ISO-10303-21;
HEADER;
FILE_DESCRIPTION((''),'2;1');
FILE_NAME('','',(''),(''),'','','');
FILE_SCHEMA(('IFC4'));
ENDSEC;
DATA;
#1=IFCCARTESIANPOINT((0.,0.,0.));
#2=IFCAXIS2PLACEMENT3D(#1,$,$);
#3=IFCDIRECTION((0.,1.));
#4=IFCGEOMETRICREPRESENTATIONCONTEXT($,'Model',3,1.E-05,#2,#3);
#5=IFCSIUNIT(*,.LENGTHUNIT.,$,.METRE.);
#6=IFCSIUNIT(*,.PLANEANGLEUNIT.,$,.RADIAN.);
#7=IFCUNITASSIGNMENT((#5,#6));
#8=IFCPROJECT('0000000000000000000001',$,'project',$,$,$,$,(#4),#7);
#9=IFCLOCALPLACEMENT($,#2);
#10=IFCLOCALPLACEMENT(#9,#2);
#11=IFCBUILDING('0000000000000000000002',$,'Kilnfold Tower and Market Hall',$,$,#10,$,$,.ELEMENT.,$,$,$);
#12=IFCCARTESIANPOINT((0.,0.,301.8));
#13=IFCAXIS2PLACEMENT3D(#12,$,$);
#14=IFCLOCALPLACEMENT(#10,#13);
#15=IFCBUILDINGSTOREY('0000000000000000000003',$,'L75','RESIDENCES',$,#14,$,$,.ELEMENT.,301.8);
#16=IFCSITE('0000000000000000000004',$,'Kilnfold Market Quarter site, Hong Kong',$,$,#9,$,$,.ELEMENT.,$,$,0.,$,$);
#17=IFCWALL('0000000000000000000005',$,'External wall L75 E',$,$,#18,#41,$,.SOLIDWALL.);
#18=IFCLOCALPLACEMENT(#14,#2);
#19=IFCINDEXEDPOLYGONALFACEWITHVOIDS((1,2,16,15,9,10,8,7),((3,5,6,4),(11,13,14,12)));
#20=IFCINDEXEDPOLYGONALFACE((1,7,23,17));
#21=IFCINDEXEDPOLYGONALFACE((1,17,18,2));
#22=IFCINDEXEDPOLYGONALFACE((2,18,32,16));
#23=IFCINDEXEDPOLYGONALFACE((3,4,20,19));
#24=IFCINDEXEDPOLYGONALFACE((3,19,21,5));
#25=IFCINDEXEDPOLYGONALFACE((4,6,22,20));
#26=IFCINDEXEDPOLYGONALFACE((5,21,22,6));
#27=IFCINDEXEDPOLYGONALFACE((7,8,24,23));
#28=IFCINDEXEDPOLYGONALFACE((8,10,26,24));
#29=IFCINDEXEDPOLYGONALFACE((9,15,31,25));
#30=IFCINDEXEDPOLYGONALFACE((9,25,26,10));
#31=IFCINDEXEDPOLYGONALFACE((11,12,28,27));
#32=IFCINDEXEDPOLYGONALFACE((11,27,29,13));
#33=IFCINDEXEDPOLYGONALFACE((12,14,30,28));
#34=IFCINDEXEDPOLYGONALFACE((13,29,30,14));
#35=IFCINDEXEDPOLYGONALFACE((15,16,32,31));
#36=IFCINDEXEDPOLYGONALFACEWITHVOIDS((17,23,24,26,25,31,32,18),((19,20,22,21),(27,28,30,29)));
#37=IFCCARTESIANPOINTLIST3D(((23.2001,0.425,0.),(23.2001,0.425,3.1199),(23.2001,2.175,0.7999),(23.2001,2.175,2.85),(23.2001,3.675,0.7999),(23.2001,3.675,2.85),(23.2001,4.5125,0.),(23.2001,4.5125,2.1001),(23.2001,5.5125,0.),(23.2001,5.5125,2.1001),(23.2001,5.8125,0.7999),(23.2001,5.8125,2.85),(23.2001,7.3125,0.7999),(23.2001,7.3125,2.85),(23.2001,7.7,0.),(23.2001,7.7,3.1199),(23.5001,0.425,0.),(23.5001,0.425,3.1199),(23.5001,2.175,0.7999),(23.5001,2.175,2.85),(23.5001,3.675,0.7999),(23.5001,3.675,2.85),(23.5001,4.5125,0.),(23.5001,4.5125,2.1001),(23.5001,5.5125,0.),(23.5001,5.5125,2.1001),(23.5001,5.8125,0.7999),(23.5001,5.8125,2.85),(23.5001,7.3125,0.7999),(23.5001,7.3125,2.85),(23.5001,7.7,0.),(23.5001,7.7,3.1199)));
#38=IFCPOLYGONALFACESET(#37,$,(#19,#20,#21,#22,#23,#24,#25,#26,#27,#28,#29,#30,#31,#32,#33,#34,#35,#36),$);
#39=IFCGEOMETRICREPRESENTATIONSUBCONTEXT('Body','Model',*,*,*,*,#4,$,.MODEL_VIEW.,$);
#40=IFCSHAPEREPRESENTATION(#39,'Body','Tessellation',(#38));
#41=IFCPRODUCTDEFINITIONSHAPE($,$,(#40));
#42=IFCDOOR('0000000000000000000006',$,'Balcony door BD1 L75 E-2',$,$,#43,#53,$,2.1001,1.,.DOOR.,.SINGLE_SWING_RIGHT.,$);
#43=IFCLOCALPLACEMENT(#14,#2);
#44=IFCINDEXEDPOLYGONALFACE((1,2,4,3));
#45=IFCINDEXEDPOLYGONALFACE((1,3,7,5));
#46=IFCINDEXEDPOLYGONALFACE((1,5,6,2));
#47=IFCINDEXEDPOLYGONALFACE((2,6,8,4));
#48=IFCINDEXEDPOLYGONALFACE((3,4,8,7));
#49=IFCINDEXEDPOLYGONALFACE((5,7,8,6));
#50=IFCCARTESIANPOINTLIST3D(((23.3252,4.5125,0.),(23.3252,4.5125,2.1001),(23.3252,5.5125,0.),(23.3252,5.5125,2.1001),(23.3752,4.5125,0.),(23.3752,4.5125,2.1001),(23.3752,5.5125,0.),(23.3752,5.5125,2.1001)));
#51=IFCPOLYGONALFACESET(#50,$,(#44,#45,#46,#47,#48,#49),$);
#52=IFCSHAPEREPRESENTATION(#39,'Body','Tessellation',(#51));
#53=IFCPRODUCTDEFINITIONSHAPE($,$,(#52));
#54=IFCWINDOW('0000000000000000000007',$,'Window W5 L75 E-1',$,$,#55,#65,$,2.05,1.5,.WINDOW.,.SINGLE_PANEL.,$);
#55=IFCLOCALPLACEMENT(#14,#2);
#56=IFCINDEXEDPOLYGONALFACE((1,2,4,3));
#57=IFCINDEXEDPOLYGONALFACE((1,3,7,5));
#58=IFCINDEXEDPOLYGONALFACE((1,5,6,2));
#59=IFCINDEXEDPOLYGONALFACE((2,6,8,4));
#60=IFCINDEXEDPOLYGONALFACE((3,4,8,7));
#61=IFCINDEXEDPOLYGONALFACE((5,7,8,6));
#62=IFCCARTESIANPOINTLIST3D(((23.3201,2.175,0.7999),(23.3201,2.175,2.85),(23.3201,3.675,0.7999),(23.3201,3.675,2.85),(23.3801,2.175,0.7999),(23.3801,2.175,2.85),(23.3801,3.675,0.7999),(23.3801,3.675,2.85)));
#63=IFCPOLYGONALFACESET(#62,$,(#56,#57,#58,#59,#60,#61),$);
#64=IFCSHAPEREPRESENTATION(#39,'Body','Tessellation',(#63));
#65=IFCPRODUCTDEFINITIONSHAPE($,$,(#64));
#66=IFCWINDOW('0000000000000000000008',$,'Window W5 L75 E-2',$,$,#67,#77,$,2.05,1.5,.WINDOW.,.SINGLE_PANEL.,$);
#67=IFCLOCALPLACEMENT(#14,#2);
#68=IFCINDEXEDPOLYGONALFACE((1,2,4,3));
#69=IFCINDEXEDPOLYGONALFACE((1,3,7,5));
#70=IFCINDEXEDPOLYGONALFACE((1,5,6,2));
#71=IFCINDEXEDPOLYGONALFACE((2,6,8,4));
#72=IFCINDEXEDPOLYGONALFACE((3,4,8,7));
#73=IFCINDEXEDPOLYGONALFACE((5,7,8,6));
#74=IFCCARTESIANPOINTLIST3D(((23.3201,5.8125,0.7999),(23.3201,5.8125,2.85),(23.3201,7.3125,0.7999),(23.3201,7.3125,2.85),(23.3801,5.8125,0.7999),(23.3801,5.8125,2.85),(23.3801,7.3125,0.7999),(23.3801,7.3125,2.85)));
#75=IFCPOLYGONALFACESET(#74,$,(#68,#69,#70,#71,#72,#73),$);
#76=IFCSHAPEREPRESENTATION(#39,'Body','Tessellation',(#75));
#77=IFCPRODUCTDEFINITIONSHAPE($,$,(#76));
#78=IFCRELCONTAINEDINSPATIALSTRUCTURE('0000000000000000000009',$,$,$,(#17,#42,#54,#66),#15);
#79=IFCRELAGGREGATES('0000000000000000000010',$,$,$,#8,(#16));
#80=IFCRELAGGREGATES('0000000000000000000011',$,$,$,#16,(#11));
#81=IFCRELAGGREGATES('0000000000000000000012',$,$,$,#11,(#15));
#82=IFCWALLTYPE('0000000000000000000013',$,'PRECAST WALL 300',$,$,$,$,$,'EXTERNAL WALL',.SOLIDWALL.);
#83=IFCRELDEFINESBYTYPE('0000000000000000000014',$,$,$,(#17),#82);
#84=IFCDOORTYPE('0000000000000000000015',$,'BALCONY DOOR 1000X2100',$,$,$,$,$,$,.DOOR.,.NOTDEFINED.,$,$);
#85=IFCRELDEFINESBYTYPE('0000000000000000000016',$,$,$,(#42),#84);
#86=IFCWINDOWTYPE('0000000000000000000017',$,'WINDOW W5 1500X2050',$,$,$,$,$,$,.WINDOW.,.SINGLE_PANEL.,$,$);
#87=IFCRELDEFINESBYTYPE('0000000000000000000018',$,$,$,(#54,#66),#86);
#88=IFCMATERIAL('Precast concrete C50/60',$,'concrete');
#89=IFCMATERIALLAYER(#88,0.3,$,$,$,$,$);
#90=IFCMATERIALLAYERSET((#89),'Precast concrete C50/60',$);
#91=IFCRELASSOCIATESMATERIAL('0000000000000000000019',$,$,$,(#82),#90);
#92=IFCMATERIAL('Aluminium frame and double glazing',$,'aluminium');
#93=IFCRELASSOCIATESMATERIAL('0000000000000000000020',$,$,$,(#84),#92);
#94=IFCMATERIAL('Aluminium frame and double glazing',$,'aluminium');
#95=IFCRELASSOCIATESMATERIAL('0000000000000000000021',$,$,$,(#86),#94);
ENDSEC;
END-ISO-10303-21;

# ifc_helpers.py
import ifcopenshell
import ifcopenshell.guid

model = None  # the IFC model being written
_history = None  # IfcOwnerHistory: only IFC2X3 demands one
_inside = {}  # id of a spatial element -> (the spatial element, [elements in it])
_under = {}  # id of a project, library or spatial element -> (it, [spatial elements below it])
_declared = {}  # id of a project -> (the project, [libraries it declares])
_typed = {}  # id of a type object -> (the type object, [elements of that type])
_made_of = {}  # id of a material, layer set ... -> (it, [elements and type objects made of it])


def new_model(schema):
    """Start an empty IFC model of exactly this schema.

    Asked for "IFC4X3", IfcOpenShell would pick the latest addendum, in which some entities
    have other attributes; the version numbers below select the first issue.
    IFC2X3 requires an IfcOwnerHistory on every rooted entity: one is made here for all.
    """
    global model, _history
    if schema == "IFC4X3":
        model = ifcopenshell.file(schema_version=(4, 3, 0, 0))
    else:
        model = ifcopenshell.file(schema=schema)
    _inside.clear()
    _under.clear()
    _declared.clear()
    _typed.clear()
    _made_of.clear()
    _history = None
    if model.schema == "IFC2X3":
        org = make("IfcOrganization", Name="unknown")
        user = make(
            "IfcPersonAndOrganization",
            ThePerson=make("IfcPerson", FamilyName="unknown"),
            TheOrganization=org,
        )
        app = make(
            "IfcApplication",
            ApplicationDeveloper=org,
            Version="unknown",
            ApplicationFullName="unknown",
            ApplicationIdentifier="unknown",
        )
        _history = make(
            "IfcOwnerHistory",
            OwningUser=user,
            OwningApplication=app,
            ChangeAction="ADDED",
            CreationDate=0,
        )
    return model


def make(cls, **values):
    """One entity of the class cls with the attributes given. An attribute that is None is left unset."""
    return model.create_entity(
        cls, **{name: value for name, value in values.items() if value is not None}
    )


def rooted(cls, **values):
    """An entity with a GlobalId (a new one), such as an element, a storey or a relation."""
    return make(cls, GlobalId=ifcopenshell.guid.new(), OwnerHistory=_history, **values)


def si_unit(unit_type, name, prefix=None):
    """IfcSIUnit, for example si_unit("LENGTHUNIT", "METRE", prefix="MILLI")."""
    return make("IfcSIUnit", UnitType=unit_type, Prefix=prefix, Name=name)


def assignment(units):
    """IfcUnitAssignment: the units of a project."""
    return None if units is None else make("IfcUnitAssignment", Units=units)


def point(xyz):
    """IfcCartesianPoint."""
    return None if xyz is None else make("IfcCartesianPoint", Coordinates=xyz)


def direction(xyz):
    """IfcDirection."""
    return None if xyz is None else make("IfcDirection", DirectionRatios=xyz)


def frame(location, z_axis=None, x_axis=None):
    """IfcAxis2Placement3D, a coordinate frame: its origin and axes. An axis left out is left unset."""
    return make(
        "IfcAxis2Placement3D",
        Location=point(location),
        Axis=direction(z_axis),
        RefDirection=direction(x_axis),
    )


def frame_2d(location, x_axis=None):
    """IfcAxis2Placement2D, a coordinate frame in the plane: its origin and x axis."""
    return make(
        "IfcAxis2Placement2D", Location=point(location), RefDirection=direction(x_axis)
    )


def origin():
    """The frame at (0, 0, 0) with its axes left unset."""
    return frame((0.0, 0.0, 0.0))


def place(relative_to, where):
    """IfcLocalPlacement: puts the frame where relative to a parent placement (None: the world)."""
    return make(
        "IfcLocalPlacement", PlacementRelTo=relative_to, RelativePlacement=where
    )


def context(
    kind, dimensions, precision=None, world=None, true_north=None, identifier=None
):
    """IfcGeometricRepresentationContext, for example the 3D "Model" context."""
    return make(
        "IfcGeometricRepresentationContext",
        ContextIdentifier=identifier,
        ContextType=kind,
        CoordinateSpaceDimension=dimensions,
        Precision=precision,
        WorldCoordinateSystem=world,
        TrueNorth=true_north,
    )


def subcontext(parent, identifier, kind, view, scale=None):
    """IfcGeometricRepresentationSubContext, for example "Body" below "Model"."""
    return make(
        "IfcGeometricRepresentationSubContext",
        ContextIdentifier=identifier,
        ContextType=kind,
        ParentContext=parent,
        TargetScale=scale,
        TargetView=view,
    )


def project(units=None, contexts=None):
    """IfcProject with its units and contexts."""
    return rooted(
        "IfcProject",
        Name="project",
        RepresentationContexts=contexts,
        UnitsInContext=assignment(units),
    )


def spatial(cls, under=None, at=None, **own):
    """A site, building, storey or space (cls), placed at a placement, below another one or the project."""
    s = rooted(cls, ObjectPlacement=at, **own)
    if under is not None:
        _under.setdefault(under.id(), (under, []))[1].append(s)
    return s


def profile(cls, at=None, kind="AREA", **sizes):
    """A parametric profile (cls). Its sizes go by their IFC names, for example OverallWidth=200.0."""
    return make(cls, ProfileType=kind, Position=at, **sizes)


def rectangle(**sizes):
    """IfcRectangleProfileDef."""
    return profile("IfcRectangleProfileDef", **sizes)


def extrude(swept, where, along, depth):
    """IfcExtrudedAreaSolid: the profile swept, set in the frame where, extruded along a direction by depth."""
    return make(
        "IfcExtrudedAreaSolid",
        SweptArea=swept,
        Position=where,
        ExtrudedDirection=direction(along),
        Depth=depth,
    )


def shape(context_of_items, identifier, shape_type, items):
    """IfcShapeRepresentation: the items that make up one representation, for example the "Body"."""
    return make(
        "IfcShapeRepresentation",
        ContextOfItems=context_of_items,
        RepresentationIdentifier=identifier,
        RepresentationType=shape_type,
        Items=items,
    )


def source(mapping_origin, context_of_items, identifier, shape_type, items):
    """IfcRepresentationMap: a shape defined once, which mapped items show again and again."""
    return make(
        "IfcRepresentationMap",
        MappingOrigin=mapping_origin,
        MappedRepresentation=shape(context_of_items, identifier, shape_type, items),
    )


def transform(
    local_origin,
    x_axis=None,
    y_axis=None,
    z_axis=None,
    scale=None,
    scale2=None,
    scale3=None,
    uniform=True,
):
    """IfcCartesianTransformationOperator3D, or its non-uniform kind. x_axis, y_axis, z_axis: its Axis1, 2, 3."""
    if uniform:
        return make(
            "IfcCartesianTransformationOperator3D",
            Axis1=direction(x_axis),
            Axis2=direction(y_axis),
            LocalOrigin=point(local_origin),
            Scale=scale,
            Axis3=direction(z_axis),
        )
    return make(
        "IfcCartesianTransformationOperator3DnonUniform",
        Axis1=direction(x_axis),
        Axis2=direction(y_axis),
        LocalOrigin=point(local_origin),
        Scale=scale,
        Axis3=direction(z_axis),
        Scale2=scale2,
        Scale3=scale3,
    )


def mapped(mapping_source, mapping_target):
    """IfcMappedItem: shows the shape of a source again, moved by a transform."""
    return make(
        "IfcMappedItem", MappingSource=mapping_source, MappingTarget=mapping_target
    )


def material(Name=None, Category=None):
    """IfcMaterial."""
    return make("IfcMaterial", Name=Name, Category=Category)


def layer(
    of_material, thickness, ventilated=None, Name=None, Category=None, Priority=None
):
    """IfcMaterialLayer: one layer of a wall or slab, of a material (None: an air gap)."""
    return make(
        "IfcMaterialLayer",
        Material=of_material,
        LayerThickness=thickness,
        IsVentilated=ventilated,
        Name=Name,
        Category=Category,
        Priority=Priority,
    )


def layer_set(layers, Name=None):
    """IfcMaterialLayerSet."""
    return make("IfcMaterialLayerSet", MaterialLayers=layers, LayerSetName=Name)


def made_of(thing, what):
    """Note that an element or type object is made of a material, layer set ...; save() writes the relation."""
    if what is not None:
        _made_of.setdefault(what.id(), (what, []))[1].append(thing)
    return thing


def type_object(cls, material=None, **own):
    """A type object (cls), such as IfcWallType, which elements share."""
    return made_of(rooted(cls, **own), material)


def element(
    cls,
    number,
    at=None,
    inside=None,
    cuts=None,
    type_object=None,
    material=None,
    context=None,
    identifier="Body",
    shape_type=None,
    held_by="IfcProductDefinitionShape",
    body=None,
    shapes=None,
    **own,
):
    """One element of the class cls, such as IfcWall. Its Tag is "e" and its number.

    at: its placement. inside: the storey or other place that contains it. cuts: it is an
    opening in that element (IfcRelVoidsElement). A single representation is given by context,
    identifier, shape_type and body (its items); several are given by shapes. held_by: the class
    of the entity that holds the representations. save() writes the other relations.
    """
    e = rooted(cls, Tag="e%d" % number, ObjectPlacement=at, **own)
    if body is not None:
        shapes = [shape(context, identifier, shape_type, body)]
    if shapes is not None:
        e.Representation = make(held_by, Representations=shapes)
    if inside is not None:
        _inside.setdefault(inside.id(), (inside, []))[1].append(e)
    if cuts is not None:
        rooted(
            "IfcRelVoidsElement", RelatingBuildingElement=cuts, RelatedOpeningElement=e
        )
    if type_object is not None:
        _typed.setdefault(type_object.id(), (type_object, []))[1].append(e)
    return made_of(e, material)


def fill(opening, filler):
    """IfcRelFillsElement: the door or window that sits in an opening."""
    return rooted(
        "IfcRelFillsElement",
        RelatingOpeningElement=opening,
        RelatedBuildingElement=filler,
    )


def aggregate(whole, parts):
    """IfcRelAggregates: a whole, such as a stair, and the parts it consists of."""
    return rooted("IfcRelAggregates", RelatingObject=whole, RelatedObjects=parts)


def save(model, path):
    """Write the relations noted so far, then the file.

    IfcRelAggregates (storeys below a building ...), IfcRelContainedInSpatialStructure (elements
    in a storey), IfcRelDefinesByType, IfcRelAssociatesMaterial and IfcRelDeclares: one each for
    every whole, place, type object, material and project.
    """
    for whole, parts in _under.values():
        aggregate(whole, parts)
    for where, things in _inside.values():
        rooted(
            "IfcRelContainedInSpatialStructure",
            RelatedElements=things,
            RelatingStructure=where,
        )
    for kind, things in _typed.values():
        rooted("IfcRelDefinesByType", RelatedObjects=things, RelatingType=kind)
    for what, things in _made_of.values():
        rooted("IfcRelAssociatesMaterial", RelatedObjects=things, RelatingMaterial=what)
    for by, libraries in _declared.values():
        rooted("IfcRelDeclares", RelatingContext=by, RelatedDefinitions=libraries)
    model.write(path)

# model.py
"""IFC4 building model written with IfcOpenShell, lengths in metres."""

from ifc_helpers import new_model, si_unit, direction, frame, frame_2d, origin, place, context, subcontext, project, spatial, rectangle, extrude, source, transform, mapped, material, layer, layer_set, type_object, element, fill, save


model = new_model("IFC4")

# Units and contexts
model_context = context("Model", 3, precision=1e-05, world=origin(), true_north=direction((0.0, 1.0)))
body_context = subcontext(model_context, "Body", "Model", "MODEL_VIEW")
ifc_project = project(units=[si_unit("LENGTHUNIT", "METRE"), si_unit("PLANEANGLEUNIT", "RADIAN")], contexts=[model_context])

# Site, building, storey
site_placement = place(None, origin())
site = spatial("IfcSite", under=ifc_project, at=site_placement, Name="Kilnfold Market Quarter site, Hong Kong", CompositionType="ELEMENT", RefElevation=0.0)
building_placement = place(site_placement, origin())
building = spatial("IfcBuilding", under=site, at=building_placement, Name="Kilnfold Tower and Market Hall", CompositionType="ELEMENT")
storey_placement = place(building_placement, frame((0.0, 0.0, 301.8)))
storey = spatial("IfcBuildingStorey", under=building, at=storey_placement, Name="L75", Description="RESIDENCES", CompositionType="ELEMENT", Elevation=301.8)

# Wall, openings, door, windows
ifc_material_1 = material(Name="Precast concrete C50/60", Category="concrete")
ifc_layer_1 = layer(ifc_material_1, 0.3)
ifc_layer_set_1 = layer_set([ifc_layer_1], Name="Precast concrete C50/60")
wall_type_1 = type_object("IfcWallType", Name="PRECAST WALL 300", ElementType="EXTERNAL WALL", PredefinedType="SOLIDWALL", material=ifc_layer_set_1)
shared_shape_1 = source(origin(), body_context, "Body", "SweptSolid", [
    extrude(rectangle(XDim=7.2749, YDim=0.3, at=frame_2d((3.6375, 0.0))), origin(), (0.0, 0.0, 1.0), 3.1199),
])
wall_1_placement = place(storey_placement, frame((23.3501, 0.425, 0.0), z_axis=(0.0, 0.0, 1.0), x_axis=(0.0, 1.0, 0.0)))
wall_1 = element("IfcWall", 1, at=wall_1_placement, inside=storey, type_object=wall_type_1, Name="External wall L75 E", PredefinedType="SOLIDWALL", context=body_context, shape_type="MappedRepresentation", body=[
    mapped(shared_shape_1, transform((0.0, 0.0, 0.0))),
])
opening_1_placement = place(wall_1_placement, frame((1.75, 0.0, 0.8)))
opening_1 = element("IfcOpeningElement", 2, at=opening_1_placement, cuts=wall_1, PredefinedType="OPENING", context=body_context, shape_type="SweptSolid", body=[
    extrude(rectangle(XDim=1.5, YDim=2.05, at=frame_2d((0.75, 1.0249))), frame((0.0, 0.1602, 0.0), z_axis=(0.0, -1.0, 0.0), x_axis=(1.0, 0.0, 0.0)), (0.0, 0.0, 1.0), 0.3201),
])
opening_2_placement = place(wall_1_placement, frame((5.3875, 0.0, 0.8)))
opening_2 = element("IfcOpeningElement", 3, at=opening_2_placement, cuts=wall_1, PredefinedType="OPENING", context=body_context, shape_type="SweptSolid", body=[
    extrude(rectangle(XDim=1.5, YDim=2.05, at=frame_2d((0.75, 1.0249))), frame((0.0, 0.1602, 0.0), z_axis=(0.0, -1.0, 0.0), x_axis=(1.0, 0.0, 0.0)), (0.0, 0.0, 1.0), 0.3201),
])
opening_3_placement = place(wall_1_placement, frame((4.0874, 0.0, 0.0)))
opening_3 = element("IfcOpeningElement", 4, at=opening_3_placement, cuts=wall_1, PredefinedType="OPENING", context=body_context, shape_type="SweptSolid", body=[
    extrude(rectangle(XDim=1.0, YDim=2.1001, at=frame_2d((0.5, 1.05))), frame((0.0, 0.1602, 0.0), z_axis=(0.0, -1.0, 0.0), x_axis=(1.0, 0.0, 0.0)), (0.0, 0.0, 1.0), 0.3201),
])
ifc_material_2 = material(Name="Aluminium frame and double glazing", Category="aluminium")
door_type_1 = type_object("IfcDoorType", Name="BALCONY DOOR 1000X2100", OperationType="NOTDEFINED", PredefinedType="DOOR", material=ifc_material_2)
door_1_placement = place(opening_3_placement, origin())
door_1 = element("IfcDoor", 5, at=door_1_placement, inside=storey, type_object=door_type_1, Name="Balcony door BD1 L75 E-2", OperationType="SINGLE_SWING_RIGHT", OverallHeight=2.1001, OverallWidth=1.0, PredefinedType="DOOR", context=body_context, shape_type="SweptSolid", body=[
    extrude(rectangle(XDim=1.0, YDim=2.1001, at=frame_2d((0.5, 1.05))), frame((0.0, 0.0249, 0.0), z_axis=(0.0, -1.0, 0.0), x_axis=(1.0, 0.0, 0.0)), (0.0, 0.0, 1.0), 0.05),
])
fill(opening_3, door_1)
ifc_material_3 = material(Name="Aluminium frame and double glazing", Category="aluminium")
window_type = type_object("IfcWindowType", Name="WINDOW W5 1500X2050", PartitioningType="SINGLE_PANEL", PredefinedType="WINDOW", material=ifc_material_3)
window_1_placement = place(opening_1_placement, origin())
window_1 = element("IfcWindow", 6, at=window_1_placement, inside=storey, type_object=window_type, Name="Window W5 L75 E-1", OverallHeight=2.05, OverallWidth=1.5, PartitioningType="SINGLE_PANEL", PredefinedType="WINDOW", context=body_context, shape_type="SweptSolid", body=[
    extrude(rectangle(XDim=1.5, YDim=2.05, at=frame_2d((0.75, 1.0249))), frame((0.0, 0.03, 0.0), z_axis=(0.0, -1.0, 0.0), x_axis=(1.0, 0.0, 0.0)), (0.0, 0.0, 1.0), 0.0601),
])
fill(opening_1, window_1)
window_2_placement = place(opening_2_placement, origin())
window_2 = element("IfcWindow", 7, at=window_2_placement, inside=storey, type_object=window_type, Name="Window W5 L75 E-2", OverallHeight=2.05, OverallWidth=1.5, PartitioningType="SINGLE_PANEL", PredefinedType="WINDOW", context=body_context, shape_type="SweptSolid", body=[
    extrude(rectangle(XDim=1.5, YDim=2.05, at=frame_2d((0.75, 1.0249))), frame((0.0, 0.03, 0.0), z_axis=(0.0, -1.0, 0.0), x_axis=(1.0, 0.0, 0.0)), (0.0, 0.0, 1.0), 0.0601),
])
fill(opening_2, window_2)

save(model, "model.ifc")
